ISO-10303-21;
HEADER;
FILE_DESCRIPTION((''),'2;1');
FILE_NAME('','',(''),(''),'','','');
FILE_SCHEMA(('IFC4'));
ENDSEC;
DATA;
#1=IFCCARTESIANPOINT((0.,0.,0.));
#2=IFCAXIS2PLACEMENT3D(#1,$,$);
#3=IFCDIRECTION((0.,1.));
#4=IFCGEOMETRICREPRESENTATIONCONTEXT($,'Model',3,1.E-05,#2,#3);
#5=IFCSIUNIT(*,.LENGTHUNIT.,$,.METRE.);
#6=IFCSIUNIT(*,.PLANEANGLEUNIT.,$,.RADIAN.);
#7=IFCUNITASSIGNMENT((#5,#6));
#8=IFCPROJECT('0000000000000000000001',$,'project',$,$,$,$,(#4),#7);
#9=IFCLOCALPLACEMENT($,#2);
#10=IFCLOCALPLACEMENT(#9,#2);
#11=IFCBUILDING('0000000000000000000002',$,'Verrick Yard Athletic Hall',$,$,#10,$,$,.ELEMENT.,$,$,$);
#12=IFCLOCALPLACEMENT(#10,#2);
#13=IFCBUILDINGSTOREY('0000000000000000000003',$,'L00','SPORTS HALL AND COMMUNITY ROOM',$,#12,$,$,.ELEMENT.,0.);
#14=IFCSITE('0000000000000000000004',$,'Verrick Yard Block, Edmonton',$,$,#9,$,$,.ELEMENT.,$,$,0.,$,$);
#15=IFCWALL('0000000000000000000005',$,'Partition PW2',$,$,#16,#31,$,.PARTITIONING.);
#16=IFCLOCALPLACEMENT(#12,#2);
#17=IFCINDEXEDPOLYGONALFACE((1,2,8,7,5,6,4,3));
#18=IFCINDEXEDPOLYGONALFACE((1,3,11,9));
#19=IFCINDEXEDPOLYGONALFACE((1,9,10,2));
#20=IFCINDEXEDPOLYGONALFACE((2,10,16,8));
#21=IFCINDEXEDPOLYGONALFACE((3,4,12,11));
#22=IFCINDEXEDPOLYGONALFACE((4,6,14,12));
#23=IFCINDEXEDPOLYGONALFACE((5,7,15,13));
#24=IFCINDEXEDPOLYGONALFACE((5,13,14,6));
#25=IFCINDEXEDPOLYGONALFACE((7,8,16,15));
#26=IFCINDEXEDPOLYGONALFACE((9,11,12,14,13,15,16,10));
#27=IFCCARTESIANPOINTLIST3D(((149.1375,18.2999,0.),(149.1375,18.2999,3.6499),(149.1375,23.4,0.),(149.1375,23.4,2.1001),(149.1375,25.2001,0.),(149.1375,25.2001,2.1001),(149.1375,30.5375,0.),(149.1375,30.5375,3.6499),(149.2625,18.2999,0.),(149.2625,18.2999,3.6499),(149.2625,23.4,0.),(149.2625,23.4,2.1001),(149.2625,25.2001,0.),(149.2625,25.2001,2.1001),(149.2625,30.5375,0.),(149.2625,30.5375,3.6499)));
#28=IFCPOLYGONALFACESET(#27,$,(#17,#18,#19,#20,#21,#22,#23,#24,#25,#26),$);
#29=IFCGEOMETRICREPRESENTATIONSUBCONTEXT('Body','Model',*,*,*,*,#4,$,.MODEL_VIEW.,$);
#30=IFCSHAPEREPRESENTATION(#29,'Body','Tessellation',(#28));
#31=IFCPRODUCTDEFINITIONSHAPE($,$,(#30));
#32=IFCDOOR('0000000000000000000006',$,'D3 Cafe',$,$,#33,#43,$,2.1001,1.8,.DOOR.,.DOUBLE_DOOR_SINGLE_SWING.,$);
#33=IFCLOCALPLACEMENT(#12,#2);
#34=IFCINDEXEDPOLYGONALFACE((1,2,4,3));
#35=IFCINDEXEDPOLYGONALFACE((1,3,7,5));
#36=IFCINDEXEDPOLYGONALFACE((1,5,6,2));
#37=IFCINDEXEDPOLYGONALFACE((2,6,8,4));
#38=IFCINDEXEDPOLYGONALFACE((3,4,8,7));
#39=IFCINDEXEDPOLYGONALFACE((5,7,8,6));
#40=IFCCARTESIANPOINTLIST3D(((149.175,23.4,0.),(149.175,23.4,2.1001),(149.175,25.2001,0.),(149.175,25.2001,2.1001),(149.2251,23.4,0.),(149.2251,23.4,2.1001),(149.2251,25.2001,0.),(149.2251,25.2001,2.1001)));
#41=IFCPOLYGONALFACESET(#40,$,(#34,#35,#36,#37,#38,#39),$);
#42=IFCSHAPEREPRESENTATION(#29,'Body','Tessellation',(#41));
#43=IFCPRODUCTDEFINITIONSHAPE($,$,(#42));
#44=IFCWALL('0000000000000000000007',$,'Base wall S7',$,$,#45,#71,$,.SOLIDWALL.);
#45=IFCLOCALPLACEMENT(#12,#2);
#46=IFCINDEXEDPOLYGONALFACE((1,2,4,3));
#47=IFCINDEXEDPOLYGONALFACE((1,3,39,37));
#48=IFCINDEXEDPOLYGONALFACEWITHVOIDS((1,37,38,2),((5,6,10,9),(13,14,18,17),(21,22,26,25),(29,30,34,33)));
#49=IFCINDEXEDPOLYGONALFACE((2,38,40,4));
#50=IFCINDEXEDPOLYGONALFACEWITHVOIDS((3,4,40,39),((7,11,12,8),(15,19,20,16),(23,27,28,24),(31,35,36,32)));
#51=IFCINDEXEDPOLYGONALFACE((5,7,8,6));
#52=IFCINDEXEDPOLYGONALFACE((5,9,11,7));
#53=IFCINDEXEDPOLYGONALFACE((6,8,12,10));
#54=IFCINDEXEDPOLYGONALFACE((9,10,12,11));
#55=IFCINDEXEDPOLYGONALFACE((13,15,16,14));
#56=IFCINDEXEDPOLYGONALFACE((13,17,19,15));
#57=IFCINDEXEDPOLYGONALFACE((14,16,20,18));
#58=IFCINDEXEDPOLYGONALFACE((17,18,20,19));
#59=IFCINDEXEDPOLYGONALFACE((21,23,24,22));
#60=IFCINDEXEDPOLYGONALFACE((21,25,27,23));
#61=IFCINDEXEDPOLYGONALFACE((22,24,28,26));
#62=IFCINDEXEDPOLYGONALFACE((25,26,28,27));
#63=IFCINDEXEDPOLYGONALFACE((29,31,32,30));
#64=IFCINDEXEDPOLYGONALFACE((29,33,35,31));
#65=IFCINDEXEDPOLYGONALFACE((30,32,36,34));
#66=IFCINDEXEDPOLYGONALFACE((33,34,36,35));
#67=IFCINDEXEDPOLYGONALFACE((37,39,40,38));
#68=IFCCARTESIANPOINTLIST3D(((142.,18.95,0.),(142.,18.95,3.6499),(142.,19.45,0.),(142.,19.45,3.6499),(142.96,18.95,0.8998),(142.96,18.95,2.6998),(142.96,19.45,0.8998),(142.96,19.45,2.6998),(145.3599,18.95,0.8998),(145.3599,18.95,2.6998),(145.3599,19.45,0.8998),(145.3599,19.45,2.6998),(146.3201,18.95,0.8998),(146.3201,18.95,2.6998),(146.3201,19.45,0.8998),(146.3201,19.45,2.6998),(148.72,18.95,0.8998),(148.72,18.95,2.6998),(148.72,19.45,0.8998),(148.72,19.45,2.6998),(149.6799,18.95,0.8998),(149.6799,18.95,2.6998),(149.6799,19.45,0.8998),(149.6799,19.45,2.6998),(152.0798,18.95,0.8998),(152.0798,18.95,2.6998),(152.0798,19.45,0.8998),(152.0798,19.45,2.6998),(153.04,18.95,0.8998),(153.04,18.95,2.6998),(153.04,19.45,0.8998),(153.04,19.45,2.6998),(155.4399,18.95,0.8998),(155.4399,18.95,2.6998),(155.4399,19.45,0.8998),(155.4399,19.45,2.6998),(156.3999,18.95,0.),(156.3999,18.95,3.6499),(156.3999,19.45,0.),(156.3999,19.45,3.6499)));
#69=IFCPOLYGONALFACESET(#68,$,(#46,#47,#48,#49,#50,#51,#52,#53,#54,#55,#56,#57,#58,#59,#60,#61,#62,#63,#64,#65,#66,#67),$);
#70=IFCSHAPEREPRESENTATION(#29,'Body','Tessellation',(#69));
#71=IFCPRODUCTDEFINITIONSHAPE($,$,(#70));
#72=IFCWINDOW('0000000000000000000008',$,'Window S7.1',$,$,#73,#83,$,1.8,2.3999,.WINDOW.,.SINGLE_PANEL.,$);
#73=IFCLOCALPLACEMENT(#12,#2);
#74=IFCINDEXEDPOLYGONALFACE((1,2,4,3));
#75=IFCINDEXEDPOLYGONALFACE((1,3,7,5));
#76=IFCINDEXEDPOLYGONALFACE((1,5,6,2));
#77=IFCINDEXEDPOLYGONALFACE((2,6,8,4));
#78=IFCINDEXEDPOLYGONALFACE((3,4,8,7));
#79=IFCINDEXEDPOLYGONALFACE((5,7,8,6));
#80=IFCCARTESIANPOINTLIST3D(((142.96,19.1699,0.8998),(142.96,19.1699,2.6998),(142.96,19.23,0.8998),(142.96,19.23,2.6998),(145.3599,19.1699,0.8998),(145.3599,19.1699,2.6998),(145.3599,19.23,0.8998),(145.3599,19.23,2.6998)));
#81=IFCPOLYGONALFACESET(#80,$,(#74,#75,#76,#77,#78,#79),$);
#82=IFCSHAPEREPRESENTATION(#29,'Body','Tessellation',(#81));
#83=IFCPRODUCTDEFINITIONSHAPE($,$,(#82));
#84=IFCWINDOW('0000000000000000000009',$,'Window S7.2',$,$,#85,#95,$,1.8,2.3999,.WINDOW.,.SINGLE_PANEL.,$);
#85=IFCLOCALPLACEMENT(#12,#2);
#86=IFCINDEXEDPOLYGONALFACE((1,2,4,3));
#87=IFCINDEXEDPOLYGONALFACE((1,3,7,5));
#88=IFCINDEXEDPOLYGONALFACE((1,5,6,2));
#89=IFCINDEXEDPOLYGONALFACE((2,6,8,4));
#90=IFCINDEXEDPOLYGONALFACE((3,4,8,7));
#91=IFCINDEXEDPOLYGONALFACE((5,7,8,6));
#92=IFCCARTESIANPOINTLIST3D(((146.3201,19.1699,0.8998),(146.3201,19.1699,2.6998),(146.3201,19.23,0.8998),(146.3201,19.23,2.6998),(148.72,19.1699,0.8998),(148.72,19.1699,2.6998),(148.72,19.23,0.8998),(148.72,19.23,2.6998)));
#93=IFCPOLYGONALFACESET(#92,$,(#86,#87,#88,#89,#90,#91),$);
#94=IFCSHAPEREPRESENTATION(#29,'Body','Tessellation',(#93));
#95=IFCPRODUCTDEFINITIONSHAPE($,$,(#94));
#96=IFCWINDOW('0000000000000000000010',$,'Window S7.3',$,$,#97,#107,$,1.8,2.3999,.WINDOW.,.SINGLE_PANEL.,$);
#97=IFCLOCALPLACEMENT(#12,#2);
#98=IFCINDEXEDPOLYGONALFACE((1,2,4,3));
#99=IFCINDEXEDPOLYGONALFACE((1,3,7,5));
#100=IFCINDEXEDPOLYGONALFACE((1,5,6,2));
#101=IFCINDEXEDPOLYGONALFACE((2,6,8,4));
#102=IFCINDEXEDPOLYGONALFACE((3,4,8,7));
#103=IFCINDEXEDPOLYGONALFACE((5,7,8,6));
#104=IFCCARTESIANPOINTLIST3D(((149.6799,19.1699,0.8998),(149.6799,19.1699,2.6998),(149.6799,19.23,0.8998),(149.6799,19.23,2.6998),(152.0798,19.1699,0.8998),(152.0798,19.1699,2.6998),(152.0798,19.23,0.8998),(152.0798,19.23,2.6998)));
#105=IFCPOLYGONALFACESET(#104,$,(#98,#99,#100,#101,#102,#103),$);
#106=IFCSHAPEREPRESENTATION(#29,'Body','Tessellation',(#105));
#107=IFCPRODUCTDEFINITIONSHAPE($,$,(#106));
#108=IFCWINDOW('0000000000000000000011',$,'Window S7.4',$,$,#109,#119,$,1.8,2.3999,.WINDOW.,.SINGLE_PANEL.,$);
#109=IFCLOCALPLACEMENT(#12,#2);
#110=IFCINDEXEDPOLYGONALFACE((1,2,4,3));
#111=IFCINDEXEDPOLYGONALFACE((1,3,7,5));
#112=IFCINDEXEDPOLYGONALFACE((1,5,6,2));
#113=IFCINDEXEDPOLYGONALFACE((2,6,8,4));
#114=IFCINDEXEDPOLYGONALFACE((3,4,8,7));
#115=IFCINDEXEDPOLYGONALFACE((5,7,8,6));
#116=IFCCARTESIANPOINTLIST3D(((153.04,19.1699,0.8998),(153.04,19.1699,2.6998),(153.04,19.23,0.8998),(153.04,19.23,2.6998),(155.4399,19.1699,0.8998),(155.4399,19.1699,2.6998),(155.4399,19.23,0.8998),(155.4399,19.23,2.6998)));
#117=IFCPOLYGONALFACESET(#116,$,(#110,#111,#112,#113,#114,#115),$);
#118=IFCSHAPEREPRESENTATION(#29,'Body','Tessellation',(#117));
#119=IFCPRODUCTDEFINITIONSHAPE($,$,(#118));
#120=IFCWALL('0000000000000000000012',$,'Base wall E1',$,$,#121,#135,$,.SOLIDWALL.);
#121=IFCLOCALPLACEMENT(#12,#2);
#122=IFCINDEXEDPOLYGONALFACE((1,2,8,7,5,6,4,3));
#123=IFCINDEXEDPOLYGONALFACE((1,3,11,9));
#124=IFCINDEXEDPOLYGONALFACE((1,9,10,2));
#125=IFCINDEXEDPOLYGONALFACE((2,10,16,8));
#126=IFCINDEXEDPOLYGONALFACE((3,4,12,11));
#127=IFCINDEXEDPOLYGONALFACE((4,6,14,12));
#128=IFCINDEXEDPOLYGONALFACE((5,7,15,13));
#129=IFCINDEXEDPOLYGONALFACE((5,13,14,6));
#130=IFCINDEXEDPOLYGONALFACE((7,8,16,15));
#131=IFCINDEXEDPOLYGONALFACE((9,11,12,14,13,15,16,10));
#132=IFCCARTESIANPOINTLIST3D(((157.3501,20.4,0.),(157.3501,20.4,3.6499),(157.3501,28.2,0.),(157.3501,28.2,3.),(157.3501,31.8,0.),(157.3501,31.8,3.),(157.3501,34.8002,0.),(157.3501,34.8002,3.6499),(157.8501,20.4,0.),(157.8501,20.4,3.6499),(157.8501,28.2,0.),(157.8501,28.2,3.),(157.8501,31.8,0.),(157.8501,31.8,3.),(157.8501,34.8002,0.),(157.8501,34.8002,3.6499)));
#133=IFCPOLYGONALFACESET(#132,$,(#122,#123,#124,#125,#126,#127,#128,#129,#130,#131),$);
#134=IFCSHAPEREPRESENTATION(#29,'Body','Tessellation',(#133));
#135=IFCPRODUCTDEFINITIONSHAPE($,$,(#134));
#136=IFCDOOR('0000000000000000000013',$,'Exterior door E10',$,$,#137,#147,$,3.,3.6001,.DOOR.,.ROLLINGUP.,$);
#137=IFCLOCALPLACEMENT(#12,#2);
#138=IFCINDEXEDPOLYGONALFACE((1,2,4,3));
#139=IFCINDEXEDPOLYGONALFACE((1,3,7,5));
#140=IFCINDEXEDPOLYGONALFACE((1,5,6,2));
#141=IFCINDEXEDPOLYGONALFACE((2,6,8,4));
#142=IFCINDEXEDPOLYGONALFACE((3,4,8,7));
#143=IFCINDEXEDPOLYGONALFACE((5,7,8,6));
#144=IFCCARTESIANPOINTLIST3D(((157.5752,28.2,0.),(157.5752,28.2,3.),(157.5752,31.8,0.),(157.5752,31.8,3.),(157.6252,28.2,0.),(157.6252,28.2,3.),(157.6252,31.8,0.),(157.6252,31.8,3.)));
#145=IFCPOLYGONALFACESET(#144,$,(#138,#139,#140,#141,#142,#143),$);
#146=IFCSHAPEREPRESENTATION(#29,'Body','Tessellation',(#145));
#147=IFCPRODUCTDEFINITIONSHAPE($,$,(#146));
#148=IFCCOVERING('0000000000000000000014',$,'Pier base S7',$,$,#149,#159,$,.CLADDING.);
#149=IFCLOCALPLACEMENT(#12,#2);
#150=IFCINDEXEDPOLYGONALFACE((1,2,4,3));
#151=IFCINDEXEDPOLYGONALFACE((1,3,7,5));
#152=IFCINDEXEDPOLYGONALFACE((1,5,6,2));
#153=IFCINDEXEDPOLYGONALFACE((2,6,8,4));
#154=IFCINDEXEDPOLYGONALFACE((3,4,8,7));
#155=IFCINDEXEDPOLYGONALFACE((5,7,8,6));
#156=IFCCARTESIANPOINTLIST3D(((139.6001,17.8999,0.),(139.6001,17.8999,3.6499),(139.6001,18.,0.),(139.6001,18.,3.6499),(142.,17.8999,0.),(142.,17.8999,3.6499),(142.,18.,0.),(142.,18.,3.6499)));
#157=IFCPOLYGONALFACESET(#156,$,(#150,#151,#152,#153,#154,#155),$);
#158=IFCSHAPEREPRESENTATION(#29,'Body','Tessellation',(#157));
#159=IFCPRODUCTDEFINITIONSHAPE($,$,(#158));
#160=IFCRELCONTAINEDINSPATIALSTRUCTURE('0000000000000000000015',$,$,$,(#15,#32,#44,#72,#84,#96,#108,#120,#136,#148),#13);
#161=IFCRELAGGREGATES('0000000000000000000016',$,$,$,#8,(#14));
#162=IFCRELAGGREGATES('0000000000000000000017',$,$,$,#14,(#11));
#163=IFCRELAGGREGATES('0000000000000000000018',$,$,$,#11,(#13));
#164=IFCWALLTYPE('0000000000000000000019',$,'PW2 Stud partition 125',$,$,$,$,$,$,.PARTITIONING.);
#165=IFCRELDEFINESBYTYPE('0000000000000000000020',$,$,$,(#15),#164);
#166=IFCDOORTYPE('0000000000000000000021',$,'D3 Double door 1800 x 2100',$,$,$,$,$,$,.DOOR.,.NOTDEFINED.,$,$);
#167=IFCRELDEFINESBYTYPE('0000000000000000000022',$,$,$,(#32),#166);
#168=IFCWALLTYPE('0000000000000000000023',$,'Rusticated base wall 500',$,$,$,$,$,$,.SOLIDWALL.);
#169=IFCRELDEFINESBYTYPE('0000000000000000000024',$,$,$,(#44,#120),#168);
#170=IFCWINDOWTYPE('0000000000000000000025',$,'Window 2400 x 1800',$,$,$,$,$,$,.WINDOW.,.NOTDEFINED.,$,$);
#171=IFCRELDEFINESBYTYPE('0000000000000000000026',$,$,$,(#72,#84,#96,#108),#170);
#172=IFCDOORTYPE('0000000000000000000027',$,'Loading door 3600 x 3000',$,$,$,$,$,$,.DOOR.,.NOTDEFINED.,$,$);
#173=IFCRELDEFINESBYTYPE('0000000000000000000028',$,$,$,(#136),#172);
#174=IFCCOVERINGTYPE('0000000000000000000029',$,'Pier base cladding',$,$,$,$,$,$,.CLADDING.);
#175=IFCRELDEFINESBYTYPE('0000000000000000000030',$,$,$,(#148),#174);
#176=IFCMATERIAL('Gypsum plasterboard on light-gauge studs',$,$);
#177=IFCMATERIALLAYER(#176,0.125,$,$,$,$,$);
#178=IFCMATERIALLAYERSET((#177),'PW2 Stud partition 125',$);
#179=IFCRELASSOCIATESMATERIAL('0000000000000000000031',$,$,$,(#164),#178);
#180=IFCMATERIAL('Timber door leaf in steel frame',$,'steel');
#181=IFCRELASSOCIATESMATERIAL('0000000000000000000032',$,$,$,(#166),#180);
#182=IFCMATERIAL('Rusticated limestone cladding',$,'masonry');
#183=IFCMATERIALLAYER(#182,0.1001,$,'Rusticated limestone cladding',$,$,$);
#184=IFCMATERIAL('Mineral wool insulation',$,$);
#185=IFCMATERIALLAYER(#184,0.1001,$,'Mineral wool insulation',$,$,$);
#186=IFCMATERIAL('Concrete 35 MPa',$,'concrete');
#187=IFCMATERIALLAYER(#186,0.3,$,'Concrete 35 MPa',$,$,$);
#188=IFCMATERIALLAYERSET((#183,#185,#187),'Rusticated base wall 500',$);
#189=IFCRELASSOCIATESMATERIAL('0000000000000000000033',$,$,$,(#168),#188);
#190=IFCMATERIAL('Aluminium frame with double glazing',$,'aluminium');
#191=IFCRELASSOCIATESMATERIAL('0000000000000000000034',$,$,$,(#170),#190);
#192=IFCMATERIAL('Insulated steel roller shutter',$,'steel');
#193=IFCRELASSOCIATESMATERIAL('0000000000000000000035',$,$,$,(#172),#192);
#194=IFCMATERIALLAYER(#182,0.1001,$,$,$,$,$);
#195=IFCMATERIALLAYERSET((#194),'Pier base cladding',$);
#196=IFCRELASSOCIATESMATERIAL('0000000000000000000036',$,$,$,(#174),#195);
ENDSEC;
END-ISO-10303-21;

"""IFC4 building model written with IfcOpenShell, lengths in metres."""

from ifc_helpers import new_model, si_unit, direction, frame, frame_2d, origin, origin_2d, place, context, subcontext, project, spatial, rectangle, extrude, material, layer, layer_set, type_object, element, fill, save


model = new_model("IFC4")

# Units and contexts
model_context = context("Model", 3, precision=1e-05, world=origin(), true_north=direction((0.0, 1.0)))
body_context = subcontext(model_context, "Body", "Model", "MODEL_VIEW")
ifc_project = project(units=[si_unit("LENGTHUNIT", "METRE"), si_unit("PLANEANGLEUNIT", "RADIAN")], contexts=[model_context])

# Site, building, storey
site_placement = place(None, origin())
site = spatial("IfcSite", under=ifc_project, at=site_placement, Name="Verrick Yard Block, Edmonton", CompositionType="ELEMENT", RefElevation=0.0)
building_placement = place(site_placement, origin())
building = spatial("IfcBuilding", under=site, at=building_placement, Name="Verrick Yard Athletic Hall", CompositionType="ELEMENT")
storey_placement = place(building_placement, origin())
storey = spatial("IfcBuildingStorey", under=building, at=storey_placement, Name="L00", Description="SPORTS HALL AND COMMUNITY ROOM", CompositionType="ELEMENT", Elevation=0.0)

# Shared definitions
ifc_material_1 = material(Name="Concrete 35 MPa", Category="concrete")

# Wall, opening, door
ifc_material_2 = material(Name="Gypsum plasterboard on light-gauge studs")
ifc_layer_1 = layer(ifc_material_2, 0.125)
ifc_layer_set_1 = layer_set([ifc_layer_1], Name="PW2 Stud partition 125")
wall_type_1 = type_object("IfcWallType", Name="PW2 Stud partition 125", PredefinedType="PARTITIONING", material=ifc_layer_set_1)
wall_1_placement = place(storey_placement, frame((149.2, 18.3, 0.0), z_axis=(0.0, 0.0, 1.0), x_axis=(0.0, 1.0, 0.0)))
wall_1 = element("IfcWall", 1, at=wall_1_placement, inside=storey, type_object=wall_type_1, Name="Partition PW2", PredefinedType="PARTITIONING", context=body_context, shape_type="SweptSolid", body=[
    extrude(rectangle(XDim=12.2375, YDim=0.125, at=frame_2d((6.1187, 0.0))), origin(), (0.0, 0.0, 1.0), 3.6499),
])
opening_1_placement = place(wall_1_placement, frame((5.1001, 0.0, 0.0)))
opening_1 = element("IfcOpeningElement", 2, at=opening_1_placement, cuts=wall_1, PredefinedType="OPENING", context=body_context, shape_type="SweptSolid", body=[
    extrude(rectangle(XDim=1.8, YDim=2.1001, at=frame_2d((0.8999, 1.05))), frame((0.0, 0.0725, 0.0), z_axis=(0.0, -1.0, 0.0), x_axis=(1.0, 0.0, 0.0)), (0.0, 0.0, 1.0), 0.145),
])
ifc_material_3 = material(Name="Timber door leaf in steel frame", Category="steel")
door_type_1 = type_object("IfcDoorType", Name="D3 Double door 1800 x 2100", OperationType="NOTDEFINED", PredefinedType="DOOR", material=ifc_material_3)
door_1_placement = place(opening_1_placement, origin())
door_1 = element("IfcDoor", 3, at=door_1_placement, inside=storey, type_object=door_type_1, Name="D3 Cafe", OperationType="DOUBLE_DOOR_SINGLE_SWING", OverallHeight=2.1001, OverallWidth=1.8, PredefinedType="DOOR", context=body_context, shape_type="SweptSolid", body=[
    extrude(rectangle(XDim=1.8, YDim=2.1001, at=frame_2d((0.8999, 1.05))), frame((0.0, 0.0249, 0.0), z_axis=(0.0, -1.0, 0.0), x_axis=(1.0, 0.0, 0.0)), (0.0, 0.0, 1.0), 0.05),
])
fill(opening_1, door_1)

# Wall, openings, windows
ifc_material_4 = material(Name="Rusticated limestone cladding", Category="masonry")
ifc_layer_2 = layer(ifc_material_4, 0.1001, Name="Rusticated limestone cladding")
ifc_material_5 = material(Name="Mineral wool insulation")
ifc_layer_3 = layer(ifc_material_5, 0.1001, Name="Mineral wool insulation")
ifc_layer_4 = layer(ifc_material_1, 0.3, Name="Concrete 35 MPa")
ifc_layer_set_2 = layer_set([ifc_layer_2, ifc_layer_3, ifc_layer_4], Name="Rusticated base wall 500")
wall_type_2 = type_object("IfcWallType", Name="Rusticated base wall 500", PredefinedType="SOLIDWALL", material=ifc_layer_set_2)
wall_2_placement = place(storey_placement, frame((142.0, 19.2, 0.0), z_axis=(0.0, 0.0, 1.0), x_axis=(1.0, 0.0, 0.0)))
wall_2 = element("IfcWall", 4, at=wall_2_placement, inside=storey, type_object=wall_type_2, Name="Base wall S7", PredefinedType="SOLIDWALL", context=body_context, shape_type="SweptSolid", body=[
    extrude(rectangle(XDim=14.3999, YDim=0.5, at=frame_2d((7.2, 0.0))), origin(), (0.0, 0.0, 1.0), 3.6499),
])
opening_2_placement = place(wall_2_placement, frame((0.96, 0.0, 0.8999)))
opening_2 = element("IfcOpeningElement", 5, at=opening_2_placement, cuts=wall_2, PredefinedType="OPENING", context=body_context, shape_type="SweptSolid", body=[
    extrude(rectangle(XDim=2.3999, YDim=1.8, at=frame_2d((1.2, 0.8999))), frame((0.0, 0.26, 0.0), z_axis=(0.0, -1.0, 0.0), x_axis=(1.0, 0.0, 0.0)), (0.0, 0.0, 1.0), 0.52),
])
opening_3_placement = place(wall_2_placement, frame((4.3201, 0.0, 0.8999)))
opening_3 = element("IfcOpeningElement", 6, at=opening_3_placement, cuts=wall_2, PredefinedType="OPENING", context=body_context, shape_type="SweptSolid", body=[
    extrude(rectangle(XDim=2.3999, YDim=1.8, at=frame_2d((1.2, 0.8999))), frame((0.0, 0.26, 0.0), z_axis=(0.0, -1.0, 0.0), x_axis=(1.0, 0.0, 0.0)), (0.0, 0.0, 1.0), 0.52),
])
opening_4_placement = place(wall_2_placement, frame((7.6799, 0.0, 0.8999)))
opening_4 = element("IfcOpeningElement", 7, at=opening_4_placement, cuts=wall_2, PredefinedType="OPENING", context=body_context, shape_type="SweptSolid", body=[
    extrude(rectangle(XDim=2.3999, YDim=1.8, at=frame_2d((1.2, 0.8999))), frame((0.0, 0.26, 0.0), z_axis=(0.0, -1.0, 0.0), x_axis=(1.0, 0.0, 0.0)), (0.0, 0.0, 1.0), 0.52),
])
opening_5_placement = place(wall_2_placement, frame((11.04, 0.0, 0.8999)))
opening_5 = element("IfcOpeningElement", 8, at=opening_5_placement, cuts=wall_2, PredefinedType="OPENING", context=body_context, shape_type="SweptSolid", body=[
    extrude(rectangle(XDim=2.3999, YDim=1.8, at=frame_2d((1.2, 0.8999))), frame((0.0, 0.26, 0.0), z_axis=(0.0, -1.0, 0.0), x_axis=(1.0, 0.0, 0.0)), (0.0, 0.0, 1.0), 0.52),
])
ifc_material_6 = material(Name="Aluminium frame with double glazing", Category="aluminium")
window_type = type_object("IfcWindowType", Name="Window 2400 x 1800", PartitioningType="NOTDEFINED", PredefinedType="WINDOW", material=ifc_material_6)
window_1_placement = place(opening_2_placement, origin())
window_1 = element("IfcWindow", 9, at=window_1_placement, inside=storey, type_object=window_type, Name="Window S7.1", OverallHeight=1.8, OverallWidth=2.3999, PartitioningType="SINGLE_PANEL", PredefinedType="WINDOW", context=body_context, shape_type="SweptSolid", body=[
    extrude(rectangle(XDim=2.3999, YDim=1.8, at=frame_2d((1.2, 0.8999))), frame((0.0, 0.03, 0.0), z_axis=(0.0, -1.0, 0.0), x_axis=(1.0, 0.0, 0.0)), (0.0, 0.0, 1.0), 0.0601),
])
fill(opening_2, window_1)
window_2_placement = place(opening_3_placement, origin())
window_2 = element("IfcWindow", 10, at=window_2_placement, inside=storey, type_object=window_type, Name="Window S7.2", OverallHeight=1.8, OverallWidth=2.3999, PartitioningType="SINGLE_PANEL", PredefinedType="WINDOW", context=body_context, shape_type="SweptSolid", body=[
    extrude(rectangle(XDim=2.3999, YDim=1.8, at=frame_2d((1.2, 0.8999))), frame((0.0, 0.03, 0.0), z_axis=(0.0, -1.0, 0.0), x_axis=(1.0, 0.0, 0.0)), (0.0, 0.0, 1.0), 0.0601),
])
fill(opening_3, window_2)
window_3_placement = place(opening_4_placement, origin())
window_3 = element("IfcWindow", 11, at=window_3_placement, inside=storey, type_object=window_type, Name="Window S7.3", OverallHeight=1.8, OverallWidth=2.3999, PartitioningType="SINGLE_PANEL", PredefinedType="WINDOW", context=body_context, shape_type="SweptSolid", body=[
    extrude(rectangle(XDim=2.3999, YDim=1.8, at=frame_2d((1.2, 0.8999))), frame((0.0, 0.03, 0.0), z_axis=(0.0, -1.0, 0.0), x_axis=(1.0, 0.0, 0.0)), (0.0, 0.0, 1.0), 0.0601),
])
fill(opening_4, window_3)
window_4_placement = place(opening_5_placement, origin())
window_4 = element("IfcWindow", 12, at=window_4_placement, inside=storey, type_object=window_type, Name="Window S7.4", OverallHeight=1.8, OverallWidth=2.3999, PartitioningType="SINGLE_PANEL", PredefinedType="WINDOW", context=body_context, shape_type="SweptSolid", body=[
    extrude(rectangle(XDim=2.3999, YDim=1.8, at=frame_2d((1.2, 0.8999))), frame((0.0, 0.03, 0.0), z_axis=(0.0, -1.0, 0.0), x_axis=(1.0, 0.0, 0.0)), (0.0, 0.0, 1.0), 0.0601),
])
fill(opening_5, window_4)

# Wall, opening, door
wall_3_placement = place(storey_placement, frame((157.6001, 20.3999, 0.0), z_axis=(0.0, 0.0, 1.0), x_axis=(0.0, 1.0, 0.0)))
wall_3 = element("IfcWall", 13, at=wall_3_placement, inside=storey, type_object=wall_type_2, Name="Base wall E1", PredefinedType="SOLIDWALL", context=body_context, shape_type="SweptSolid", body=[
    extrude(rectangle(XDim=14.4001, YDim=0.5, at=frame_2d((7.2002, 0.0))), origin(), (0.0, 0.0, 1.0), 3.6499),
])
opening_6_placement = place(wall_3_placement, frame((7.8, 0.0, 0.0)))
opening_6 = element("IfcOpeningElement", 14, at=opening_6_placement, cuts=wall_3, PredefinedType="OPENING", context=body_context, shape_type="SweptSolid", body=[
    extrude(rectangle(XDim=3.6001, YDim=3.0, at=frame_2d((1.8, 1.5))), frame((0.0, 0.26, 0.0), z_axis=(0.0, -1.0, 0.0), x_axis=(1.0, 0.0, 0.0)), (0.0, 0.0, 1.0), 0.52),
])
ifc_material_7 = material(Name="Insulated steel roller shutter", Category="steel")
door_type_2 = type_object("IfcDoorType", Name="Loading door 3600 x 3000", OperationType="NOTDEFINED", PredefinedType="DOOR", material=ifc_material_7)
door_2_placement = place(opening_6_placement, origin())
door_2 = element("IfcDoor", 15, at=door_2_placement, inside=storey, type_object=door_type_2, Name="Exterior door E10", OperationType="ROLLINGUP", OverallHeight=3.0, OverallWidth=3.6001, PredefinedType="DOOR", context=body_context, shape_type="SweptSolid", body=[
    extrude(rectangle(XDim=3.6001, YDim=3.0, at=frame_2d((1.8, 1.5))), frame((0.0, 0.0249, 0.0), z_axis=(0.0, -1.0, 0.0), x_axis=(1.0, 0.0, 0.0)), (0.0, 0.0, 1.0), 0.05),
])
fill(opening_6, door_2)

# Covering
ifc_layer_5 = layer(ifc_material_4, 0.1001)
ifc_layer_set_3 = layer_set([ifc_layer_5], Name="Pier base cladding")
covering_type = type_object("IfcCoveringType", Name="Pier base cladding", PredefinedType="CLADDING", material=ifc_layer_set_3)
for number, where, z_axis, x_axis, name in (
    (16, (140.8, 17.95, 0.0), (0.0, 0.0, 1.0), (1.0, 0.0, 0.0), "Pier base S7"),
):
    element("IfcCovering", number, at=place(storey_placement, frame(where, z_axis=z_axis, x_axis=x_axis)), inside=storey, type_object=covering_type, Name=name, PredefinedType="CLADDING", context=body_context, shape_type="SweptSolid", body=[
        extrude(rectangle(XDim=2.3999, YDim=0.1001, at=origin_2d()), origin(), (0.0, 0.0, 1.0), 3.6499),
    ])

save(model, "model.ifc")
